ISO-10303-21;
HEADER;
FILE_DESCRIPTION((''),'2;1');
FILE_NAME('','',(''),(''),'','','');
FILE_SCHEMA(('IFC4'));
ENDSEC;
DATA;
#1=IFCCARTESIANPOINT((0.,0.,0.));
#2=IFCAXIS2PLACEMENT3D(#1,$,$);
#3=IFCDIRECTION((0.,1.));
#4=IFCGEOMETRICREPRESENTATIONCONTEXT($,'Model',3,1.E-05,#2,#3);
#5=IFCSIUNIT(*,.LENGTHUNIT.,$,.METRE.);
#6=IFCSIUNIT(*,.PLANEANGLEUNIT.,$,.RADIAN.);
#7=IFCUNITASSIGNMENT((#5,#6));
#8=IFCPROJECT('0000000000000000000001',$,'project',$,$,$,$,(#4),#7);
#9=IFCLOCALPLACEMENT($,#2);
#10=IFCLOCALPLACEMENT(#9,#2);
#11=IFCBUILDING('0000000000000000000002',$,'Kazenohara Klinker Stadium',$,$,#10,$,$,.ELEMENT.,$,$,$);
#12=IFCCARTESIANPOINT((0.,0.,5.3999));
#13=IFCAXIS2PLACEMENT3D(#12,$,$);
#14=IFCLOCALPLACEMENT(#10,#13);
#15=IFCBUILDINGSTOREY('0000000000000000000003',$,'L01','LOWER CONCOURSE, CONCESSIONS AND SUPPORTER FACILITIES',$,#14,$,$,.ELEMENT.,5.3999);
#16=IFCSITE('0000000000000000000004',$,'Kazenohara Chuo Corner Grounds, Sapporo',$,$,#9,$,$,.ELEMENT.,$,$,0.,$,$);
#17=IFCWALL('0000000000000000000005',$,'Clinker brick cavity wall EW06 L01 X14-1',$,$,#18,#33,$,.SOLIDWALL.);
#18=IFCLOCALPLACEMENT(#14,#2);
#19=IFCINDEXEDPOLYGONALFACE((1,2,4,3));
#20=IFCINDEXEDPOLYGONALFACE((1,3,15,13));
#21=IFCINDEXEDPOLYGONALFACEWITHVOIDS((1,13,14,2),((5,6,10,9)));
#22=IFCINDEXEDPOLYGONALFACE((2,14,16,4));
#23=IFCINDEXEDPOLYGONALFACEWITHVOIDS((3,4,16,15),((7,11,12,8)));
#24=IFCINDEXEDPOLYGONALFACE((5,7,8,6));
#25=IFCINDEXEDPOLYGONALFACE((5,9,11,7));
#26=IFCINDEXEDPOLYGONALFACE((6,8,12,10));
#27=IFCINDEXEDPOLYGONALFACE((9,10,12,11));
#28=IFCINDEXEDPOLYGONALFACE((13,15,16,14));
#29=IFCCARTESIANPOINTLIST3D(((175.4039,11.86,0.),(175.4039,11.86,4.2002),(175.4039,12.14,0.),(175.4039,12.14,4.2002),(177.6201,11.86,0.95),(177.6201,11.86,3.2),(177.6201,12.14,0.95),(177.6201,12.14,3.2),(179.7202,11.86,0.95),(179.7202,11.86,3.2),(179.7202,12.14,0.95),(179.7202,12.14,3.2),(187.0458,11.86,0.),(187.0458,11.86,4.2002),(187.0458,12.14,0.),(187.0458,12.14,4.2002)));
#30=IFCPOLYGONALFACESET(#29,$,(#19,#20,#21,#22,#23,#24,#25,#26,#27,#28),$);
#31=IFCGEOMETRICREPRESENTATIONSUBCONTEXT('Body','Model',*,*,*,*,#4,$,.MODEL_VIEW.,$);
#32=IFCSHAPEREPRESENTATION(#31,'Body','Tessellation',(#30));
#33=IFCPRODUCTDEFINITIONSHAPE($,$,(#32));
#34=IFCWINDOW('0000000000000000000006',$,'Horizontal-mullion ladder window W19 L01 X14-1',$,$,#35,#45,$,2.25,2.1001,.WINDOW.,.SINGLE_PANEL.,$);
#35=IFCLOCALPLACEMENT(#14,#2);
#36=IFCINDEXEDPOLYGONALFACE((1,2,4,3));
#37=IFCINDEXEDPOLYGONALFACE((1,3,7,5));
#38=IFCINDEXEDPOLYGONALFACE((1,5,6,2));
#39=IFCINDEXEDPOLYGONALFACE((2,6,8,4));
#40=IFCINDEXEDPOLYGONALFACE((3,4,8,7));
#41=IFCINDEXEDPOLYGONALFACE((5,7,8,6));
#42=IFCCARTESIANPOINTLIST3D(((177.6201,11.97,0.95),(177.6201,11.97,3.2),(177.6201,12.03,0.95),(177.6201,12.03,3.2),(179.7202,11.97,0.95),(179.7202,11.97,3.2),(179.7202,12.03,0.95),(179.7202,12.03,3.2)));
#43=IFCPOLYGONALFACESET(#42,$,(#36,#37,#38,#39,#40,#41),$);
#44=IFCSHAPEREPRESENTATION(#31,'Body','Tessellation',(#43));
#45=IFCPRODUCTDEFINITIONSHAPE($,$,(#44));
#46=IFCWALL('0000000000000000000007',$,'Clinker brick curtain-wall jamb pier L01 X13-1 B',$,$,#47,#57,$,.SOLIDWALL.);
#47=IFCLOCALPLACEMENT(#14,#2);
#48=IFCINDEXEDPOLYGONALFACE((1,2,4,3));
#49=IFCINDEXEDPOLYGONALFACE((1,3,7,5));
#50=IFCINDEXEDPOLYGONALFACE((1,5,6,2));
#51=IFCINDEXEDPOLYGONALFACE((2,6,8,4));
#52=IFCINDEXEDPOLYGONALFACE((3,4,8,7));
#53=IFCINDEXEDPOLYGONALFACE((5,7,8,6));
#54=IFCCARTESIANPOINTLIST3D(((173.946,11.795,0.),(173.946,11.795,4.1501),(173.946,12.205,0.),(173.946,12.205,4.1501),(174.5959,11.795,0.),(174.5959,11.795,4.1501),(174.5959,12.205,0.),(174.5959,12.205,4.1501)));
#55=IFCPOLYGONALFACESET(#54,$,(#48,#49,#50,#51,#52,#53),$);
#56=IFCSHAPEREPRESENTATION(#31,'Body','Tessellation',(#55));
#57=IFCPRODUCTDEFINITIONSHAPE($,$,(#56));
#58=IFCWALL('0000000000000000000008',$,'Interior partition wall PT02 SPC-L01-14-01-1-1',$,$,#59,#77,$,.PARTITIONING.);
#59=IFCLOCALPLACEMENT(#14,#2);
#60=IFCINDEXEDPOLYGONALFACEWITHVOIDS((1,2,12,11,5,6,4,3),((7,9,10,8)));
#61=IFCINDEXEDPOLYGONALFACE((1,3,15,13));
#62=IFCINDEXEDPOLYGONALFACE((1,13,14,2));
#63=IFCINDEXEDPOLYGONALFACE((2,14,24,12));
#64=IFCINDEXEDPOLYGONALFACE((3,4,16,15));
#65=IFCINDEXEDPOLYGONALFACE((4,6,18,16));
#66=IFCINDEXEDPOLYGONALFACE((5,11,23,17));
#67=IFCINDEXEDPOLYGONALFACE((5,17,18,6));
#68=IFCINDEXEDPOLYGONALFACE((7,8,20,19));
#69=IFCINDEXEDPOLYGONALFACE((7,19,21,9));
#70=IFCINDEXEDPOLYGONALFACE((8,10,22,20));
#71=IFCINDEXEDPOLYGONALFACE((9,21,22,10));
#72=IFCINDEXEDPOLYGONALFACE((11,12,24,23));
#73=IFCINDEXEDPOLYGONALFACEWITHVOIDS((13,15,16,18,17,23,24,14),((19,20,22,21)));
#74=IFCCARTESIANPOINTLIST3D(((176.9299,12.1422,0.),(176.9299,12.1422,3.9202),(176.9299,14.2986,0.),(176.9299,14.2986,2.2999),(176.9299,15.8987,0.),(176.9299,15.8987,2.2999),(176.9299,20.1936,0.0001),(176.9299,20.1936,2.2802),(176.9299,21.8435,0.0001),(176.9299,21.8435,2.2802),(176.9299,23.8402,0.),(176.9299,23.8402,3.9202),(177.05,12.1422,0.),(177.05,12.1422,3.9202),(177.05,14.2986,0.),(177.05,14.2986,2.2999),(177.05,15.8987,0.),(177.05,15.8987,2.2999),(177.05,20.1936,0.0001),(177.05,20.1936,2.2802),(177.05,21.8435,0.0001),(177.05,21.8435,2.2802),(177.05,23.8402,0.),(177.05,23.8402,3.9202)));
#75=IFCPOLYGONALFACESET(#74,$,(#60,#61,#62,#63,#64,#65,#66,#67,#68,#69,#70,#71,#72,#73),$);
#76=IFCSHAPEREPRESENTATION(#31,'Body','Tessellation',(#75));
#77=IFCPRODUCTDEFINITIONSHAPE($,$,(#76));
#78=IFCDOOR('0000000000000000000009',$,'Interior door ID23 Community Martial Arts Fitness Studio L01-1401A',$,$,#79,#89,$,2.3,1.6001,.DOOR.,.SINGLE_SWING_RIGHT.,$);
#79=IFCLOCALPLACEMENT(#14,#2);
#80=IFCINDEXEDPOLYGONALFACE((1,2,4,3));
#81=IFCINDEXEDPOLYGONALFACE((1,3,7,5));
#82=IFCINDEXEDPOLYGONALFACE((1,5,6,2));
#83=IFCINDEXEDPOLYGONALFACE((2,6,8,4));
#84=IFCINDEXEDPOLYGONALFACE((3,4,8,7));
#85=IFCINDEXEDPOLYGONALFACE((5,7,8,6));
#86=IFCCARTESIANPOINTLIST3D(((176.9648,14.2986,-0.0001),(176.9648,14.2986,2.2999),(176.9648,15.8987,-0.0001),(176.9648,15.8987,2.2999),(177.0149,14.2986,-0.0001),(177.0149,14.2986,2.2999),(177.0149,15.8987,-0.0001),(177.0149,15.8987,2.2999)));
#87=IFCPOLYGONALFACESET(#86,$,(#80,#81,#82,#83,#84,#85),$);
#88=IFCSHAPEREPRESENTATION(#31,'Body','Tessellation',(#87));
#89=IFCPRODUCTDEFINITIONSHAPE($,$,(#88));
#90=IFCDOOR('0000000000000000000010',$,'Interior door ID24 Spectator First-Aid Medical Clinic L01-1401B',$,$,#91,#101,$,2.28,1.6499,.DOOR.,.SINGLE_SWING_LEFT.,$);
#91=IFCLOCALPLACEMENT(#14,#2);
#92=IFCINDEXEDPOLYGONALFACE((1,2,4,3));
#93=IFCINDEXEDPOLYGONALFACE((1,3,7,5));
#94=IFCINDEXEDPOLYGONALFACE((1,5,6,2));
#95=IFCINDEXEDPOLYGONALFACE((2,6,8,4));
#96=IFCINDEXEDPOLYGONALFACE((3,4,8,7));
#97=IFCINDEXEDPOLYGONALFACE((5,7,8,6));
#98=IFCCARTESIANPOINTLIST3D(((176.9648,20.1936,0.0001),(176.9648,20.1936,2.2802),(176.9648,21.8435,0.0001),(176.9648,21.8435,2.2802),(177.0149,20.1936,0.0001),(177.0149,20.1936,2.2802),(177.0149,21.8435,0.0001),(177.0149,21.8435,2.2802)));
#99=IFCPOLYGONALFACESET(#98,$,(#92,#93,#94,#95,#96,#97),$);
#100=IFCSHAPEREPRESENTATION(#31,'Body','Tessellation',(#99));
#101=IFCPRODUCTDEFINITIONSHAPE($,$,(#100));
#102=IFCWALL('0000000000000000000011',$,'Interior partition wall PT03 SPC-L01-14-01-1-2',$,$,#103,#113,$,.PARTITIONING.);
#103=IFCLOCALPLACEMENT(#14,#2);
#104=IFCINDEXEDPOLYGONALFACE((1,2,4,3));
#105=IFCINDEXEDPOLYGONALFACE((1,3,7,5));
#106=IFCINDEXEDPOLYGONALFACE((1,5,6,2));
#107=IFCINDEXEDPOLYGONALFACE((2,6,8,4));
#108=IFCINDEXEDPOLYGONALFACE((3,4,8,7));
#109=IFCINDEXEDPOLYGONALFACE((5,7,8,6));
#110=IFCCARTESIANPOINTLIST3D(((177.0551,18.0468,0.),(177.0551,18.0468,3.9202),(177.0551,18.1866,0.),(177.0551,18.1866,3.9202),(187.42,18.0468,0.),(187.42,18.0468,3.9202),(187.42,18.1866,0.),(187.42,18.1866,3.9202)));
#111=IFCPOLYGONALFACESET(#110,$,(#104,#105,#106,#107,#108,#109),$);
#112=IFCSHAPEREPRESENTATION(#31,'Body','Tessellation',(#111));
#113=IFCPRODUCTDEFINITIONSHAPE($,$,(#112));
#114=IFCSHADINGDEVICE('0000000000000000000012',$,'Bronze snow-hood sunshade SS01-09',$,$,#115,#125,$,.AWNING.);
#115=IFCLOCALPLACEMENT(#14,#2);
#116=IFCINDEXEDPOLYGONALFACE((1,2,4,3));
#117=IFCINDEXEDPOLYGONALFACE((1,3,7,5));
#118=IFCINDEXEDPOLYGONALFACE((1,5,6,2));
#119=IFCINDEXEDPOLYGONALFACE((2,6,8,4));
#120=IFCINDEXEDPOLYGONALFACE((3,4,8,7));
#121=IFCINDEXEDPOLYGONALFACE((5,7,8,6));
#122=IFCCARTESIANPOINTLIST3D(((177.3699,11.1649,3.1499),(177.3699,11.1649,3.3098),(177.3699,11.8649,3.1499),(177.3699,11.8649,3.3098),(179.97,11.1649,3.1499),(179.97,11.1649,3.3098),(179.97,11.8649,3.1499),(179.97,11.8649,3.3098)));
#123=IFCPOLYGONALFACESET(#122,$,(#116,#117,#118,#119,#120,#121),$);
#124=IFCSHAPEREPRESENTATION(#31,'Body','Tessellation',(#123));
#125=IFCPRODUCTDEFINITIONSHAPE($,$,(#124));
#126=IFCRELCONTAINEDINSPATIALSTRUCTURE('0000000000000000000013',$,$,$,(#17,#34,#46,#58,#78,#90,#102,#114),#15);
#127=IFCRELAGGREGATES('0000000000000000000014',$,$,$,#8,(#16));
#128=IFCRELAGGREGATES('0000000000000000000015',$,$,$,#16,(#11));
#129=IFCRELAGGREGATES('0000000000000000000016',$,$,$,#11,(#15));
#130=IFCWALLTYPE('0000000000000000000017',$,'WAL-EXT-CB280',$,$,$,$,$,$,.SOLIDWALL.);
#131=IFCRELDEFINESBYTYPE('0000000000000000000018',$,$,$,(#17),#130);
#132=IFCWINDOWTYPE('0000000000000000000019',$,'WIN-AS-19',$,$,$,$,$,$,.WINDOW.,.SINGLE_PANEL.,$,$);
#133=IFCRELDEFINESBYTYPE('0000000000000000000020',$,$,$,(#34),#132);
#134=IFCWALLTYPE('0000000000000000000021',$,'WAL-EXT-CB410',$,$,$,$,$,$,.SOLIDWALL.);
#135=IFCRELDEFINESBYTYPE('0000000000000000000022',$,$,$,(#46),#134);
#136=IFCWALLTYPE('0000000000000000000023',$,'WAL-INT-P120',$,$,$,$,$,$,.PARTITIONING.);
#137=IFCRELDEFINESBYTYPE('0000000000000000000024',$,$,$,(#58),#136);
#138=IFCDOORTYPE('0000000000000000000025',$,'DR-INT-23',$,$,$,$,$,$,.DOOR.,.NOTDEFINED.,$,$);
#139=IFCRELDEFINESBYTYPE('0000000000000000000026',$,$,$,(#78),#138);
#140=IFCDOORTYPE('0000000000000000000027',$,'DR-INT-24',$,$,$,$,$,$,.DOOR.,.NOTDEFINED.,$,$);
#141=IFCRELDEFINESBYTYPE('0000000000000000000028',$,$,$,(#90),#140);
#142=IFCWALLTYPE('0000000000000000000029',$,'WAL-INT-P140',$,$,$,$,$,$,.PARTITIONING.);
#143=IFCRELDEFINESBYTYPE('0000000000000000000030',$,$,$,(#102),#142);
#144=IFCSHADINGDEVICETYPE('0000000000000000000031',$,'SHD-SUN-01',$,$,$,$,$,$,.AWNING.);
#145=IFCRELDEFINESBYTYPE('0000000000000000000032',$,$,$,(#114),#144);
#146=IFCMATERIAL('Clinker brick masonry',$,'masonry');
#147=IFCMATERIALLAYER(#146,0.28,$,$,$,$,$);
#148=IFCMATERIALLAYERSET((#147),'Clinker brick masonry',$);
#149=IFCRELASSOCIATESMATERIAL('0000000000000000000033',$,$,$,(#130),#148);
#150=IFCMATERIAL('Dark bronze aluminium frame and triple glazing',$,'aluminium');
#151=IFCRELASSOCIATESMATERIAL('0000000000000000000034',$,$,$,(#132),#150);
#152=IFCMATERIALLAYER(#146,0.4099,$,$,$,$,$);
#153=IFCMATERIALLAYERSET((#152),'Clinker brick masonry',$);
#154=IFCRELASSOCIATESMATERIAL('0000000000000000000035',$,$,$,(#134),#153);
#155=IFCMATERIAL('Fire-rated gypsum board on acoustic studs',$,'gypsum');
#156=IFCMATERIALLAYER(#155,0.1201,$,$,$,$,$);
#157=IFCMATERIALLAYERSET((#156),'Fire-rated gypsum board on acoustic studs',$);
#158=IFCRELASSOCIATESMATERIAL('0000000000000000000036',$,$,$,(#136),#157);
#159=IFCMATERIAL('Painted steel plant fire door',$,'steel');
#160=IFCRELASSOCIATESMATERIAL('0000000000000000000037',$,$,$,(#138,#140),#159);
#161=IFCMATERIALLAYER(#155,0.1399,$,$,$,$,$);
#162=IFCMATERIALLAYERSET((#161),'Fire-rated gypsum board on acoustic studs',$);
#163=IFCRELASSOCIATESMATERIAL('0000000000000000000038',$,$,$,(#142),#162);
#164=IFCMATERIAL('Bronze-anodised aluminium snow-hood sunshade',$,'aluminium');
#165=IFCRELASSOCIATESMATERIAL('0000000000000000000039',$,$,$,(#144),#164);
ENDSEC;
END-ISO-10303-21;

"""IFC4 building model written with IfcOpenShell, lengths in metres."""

from ifc_helpers import new_model, si_unit, direction, frame, frame_2d, origin, origin_2d, place, context, subcontext, project, spatial, rectangle, extrude, material, layer, layer_set, type_object, element, fill, save


model = new_model("IFC4")

# Units and contexts
model_context = context("Model", 3, precision=1e-05, world=origin(), true_north=direction((0.0, 1.0)))
body_context = subcontext(model_context, "Body", "Model", "MODEL_VIEW")
ifc_project = project(units=[si_unit("LENGTHUNIT", "METRE"), si_unit("PLANEANGLEUNIT", "RADIAN")], contexts=[model_context])

# Site, building, storey
site_placement = place(None, origin())
site = spatial("IfcSite", under=ifc_project, at=site_placement, Name="Kazenohara Chuo Corner Grounds, Sapporo", CompositionType="ELEMENT", RefElevation=0.0)
building_placement = place(site_placement, origin())
building = spatial("IfcBuilding", under=site, at=building_placement, Name="Kazenohara Klinker Stadium", CompositionType="ELEMENT")
storey_placement = place(building_placement, frame((0.0, 0.0, 5.3999)))
storey = spatial("IfcBuildingStorey", under=building, at=storey_placement, Name="L01", Description="LOWER CONCOURSE, CONCESSIONS AND SUPPORTER FACILITIES", CompositionType="ELEMENT", Elevation=5.3999)

# Wall, opening, window
ifc_material_1 = material(Name="Clinker brick masonry", Category="masonry")
ifc_layer_1 = layer(ifc_material_1, 0.28)
ifc_layer_set_1 = layer_set([ifc_layer_1], Name="Clinker brick masonry")
wall_type_1 = type_object("IfcWallType", Name="WAL-EXT-CB280", PredefinedType="SOLIDWALL", material=ifc_layer_set_1)
wall_1_placement = place(storey_placement, frame((175.4041, 12.0, 0.0), z_axis=(0.0, 0.0, 1.0), x_axis=(1.0, 0.0, 0.0)))
wall_1 = element("IfcWall", 1, at=wall_1_placement, inside=storey, type_object=wall_type_1, Name="Clinker brick cavity wall EW06 L01 X14-1", PredefinedType="SOLIDWALL", context=body_context, shape_type="SweptSolid", body=[
    extrude(rectangle(XDim=11.6418, YDim=0.28, at=frame_2d((5.8208, 0.0))), origin(), (0.0, 0.0, 1.0), 4.2002),
])
opening_1_placement = place(wall_1_placement, frame((2.2161, 0.0, 0.95)))
opening_1 = element("IfcOpeningElement", 2, at=opening_1_placement, cuts=wall_1, PredefinedType="OPENING", context=body_context, shape_type="SweptSolid", body=[
    extrude(rectangle(XDim=2.1001, YDim=2.25, at=frame_2d((1.05, 1.125))), frame((0.0, 0.1499, 0.0), z_axis=(0.0, -1.0, 0.0), x_axis=(1.0, 0.0, 0.0)), (0.0, 0.0, 1.0), 0.3),
])
ifc_material_2 = material(Name="Dark bronze aluminium frame and triple glazing", Category="aluminium")
window_type = type_object("IfcWindowType", Name="WIN-AS-19", PartitioningType="SINGLE_PANEL", PredefinedType="WINDOW", material=ifc_material_2)
window_placement = place(opening_1_placement, origin())
window = element("IfcWindow", 3, at=window_placement, inside=storey, type_object=window_type, Name="Horizontal-mullion ladder window W19 L01 X14-1", OverallHeight=2.25, OverallWidth=2.1001, PartitioningType="SINGLE_PANEL", PredefinedType="WINDOW", context=body_context, shape_type="SweptSolid", body=[
    extrude(rectangle(XDim=2.1001, YDim=2.25, at=frame_2d((1.05, 1.125))), frame((0.0, 0.03, 0.0), z_axis=(0.0, -1.0, 0.0), x_axis=(1.0, 0.0, 0.0)), (0.0, 0.0, 1.0), 0.0601),
])
fill(opening_1, window)

# Wall
ifc_layer_2 = layer(ifc_material_1, 0.4099)
ifc_layer_set_2 = layer_set([ifc_layer_2], Name="Clinker brick masonry")
wall_type_2 = type_object("IfcWallType", Name="WAL-EXT-CB410", PredefinedType="SOLIDWALL", material=ifc_layer_set_2)
wall_2_placement = place(storey_placement, frame((173.946, 12.0, 0.0), z_axis=(0.0, 0.0, 1.0), x_axis=(1.0, 0.0, 0.0)))
element("IfcWall", 4, at=wall_2_placement, inside=storey, type_object=wall_type_2, Name="Clinker brick curtain-wall jamb pier L01 X13-1 B", PredefinedType="SOLIDWALL", context=body_context, shape_type="SweptSolid", body=[
    extrude(rectangle(XDim=0.6499, YDim=0.4099, at=frame_2d((0.325, 0.0))), origin(), (0.0, 0.0, 1.0), 4.1501),
])

# Wall, openings, doors
ifc_material_3 = material(Name="Fire-rated gypsum board on acoustic studs", Category="gypsum")
ifc_layer_3 = layer(ifc_material_3, 0.1201)
ifc_layer_set_3 = layer_set([ifc_layer_3], Name="Fire-rated gypsum board on acoustic studs")
wall_type_3 = type_object("IfcWallType", Name="WAL-INT-P120", PredefinedType="PARTITIONING", material=ifc_layer_set_3)
wall_3_placement = place(storey_placement, frame((176.99, 12.1421, 0.0), z_axis=(0.0, 0.0, 1.0), x_axis=(0.0, 1.0, 0.0)))
wall_3 = element("IfcWall", 5, at=wall_3_placement, inside=storey, type_object=wall_type_3, Name="Interior partition wall PT02 SPC-L01-14-01-1-1", PredefinedType="PARTITIONING", context=body_context, shape_type="SweptSolid", body=[
    extrude(rectangle(XDim=11.698, YDim=0.1201, at=frame_2d((5.8491, 0.0))), origin(), (0.0, 0.0, 1.0), 3.9202),
])
opening_2_placement = place(wall_3_placement, frame((3.7566, 0.0, 0.0), z_axis=(0.0, 0.0, 1.0), x_axis=(-1.0, 0.0, 0.0)))
opening_2 = element("IfcOpeningElement", 6, at=opening_2_placement, cuts=wall_3, PredefinedType="OPENING", context=body_context, shape_type="SweptSolid", body=[
    extrude(rectangle(XDim=1.6001, YDim=2.3, at=frame_2d((0.8, 1.1499))), frame((0.0, 0.0701, 0.0), z_axis=(0.0, -1.0, 0.0), x_axis=(1.0, 0.0, 0.0)), (0.0, 0.0, 1.0), 0.1401),
])
opening_3_placement = place(wall_3_placement, frame((9.7014, 0.0, 0.0), z_axis=(0.0, 0.0, 1.0), x_axis=(-1.0, 0.0, 0.0)))
opening_3 = element("IfcOpeningElement", 7, at=opening_3_placement, cuts=wall_3, PredefinedType="OPENING", context=body_context, shape_type="SweptSolid", body=[
    extrude(rectangle(XDim=1.6499, YDim=2.28, at=frame_2d((0.825, 1.1401))), frame((0.0, 0.0701, 0.0), z_axis=(0.0, -1.0, 0.0), x_axis=(1.0, 0.0, 0.0)), (0.0, 0.0, 1.0), 0.1401),
])
ifc_material_4 = material(Name="Painted steel plant fire door", Category="steel")
door_type_1 = type_object("IfcDoorType", Name="DR-INT-23", OperationType="NOTDEFINED", PredefinedType="DOOR", material=ifc_material_4)
door_1_placement = place(opening_2_placement, origin())
door_1 = element("IfcDoor", 8, at=door_1_placement, inside=storey, type_object=door_type_1, Name="Interior door ID23 Community Martial Arts Fitness Studio L01-1401A", OperationType="SINGLE_SWING_RIGHT", OverallHeight=2.3, OverallWidth=1.6001, PredefinedType="DOOR", context=body_context, shape_type="SweptSolid", body=[
    extrude(rectangle(XDim=1.6001, YDim=2.3, at=frame_2d((0.8, 1.1499))), frame((0.0, 0.0249, 0.0), z_axis=(0.0, -1.0, 0.0), x_axis=(1.0, 0.0, 0.0)), (0.0, 0.0, 1.0), 0.05),
])
fill(opening_2, door_1)
door_type_2 = type_object("IfcDoorType", Name="DR-INT-24", OperationType="NOTDEFINED", PredefinedType="DOOR", material=ifc_material_4)
door_2_placement = place(opening_3_placement, origin())
door_2 = element("IfcDoor", 9, at=door_2_placement, inside=storey, type_object=door_type_2, Name="Interior door ID24 Spectator First-Aid Medical Clinic L01-1401B", OperationType="SINGLE_SWING_LEFT", OverallHeight=2.28, OverallWidth=1.6499, PredefinedType="DOOR", context=body_context, shape_type="SweptSolid", body=[
    extrude(rectangle(XDim=1.6499, YDim=2.28, at=frame_2d((0.825, 1.1401))), frame((0.0, 0.0249, 0.0), z_axis=(0.0, -1.0, 0.0), x_axis=(1.0, 0.0, 0.0)), (0.0, 0.0, 1.0), 0.05),
])
fill(opening_3, door_2)

# Wall
ifc_layer_4 = layer(ifc_material_3, 0.1399)
ifc_layer_set_4 = layer_set([ifc_layer_4], Name="Fire-rated gypsum board on acoustic studs")
wall_type_4 = type_object("IfcWallType", Name="WAL-INT-P140", PredefinedType="PARTITIONING", material=ifc_layer_set_4)
wall_4_placement = place(storey_placement, frame((177.0549, 18.1167, 0.0), z_axis=(0.0, 0.0, 1.0), x_axis=(1.0, 0.0, 0.0)))
element("IfcWall", 10, at=wall_4_placement, inside=storey, type_object=wall_type_4, Name="Interior partition wall PT03 SPC-L01-14-01-1-2", PredefinedType="PARTITIONING", context=body_context, shape_type="SweptSolid", body=[
    extrude(rectangle(XDim=10.365, YDim=0.1399, at=frame_2d((5.1826, 0.0))), origin(), (0.0, 0.0, 1.0), 3.9202),
])

# Shading device
ifc_material_5 = material(Name="Bronze-anodised aluminium snow-hood sunshade", Category="aluminium")
shading_device_type = type_object("IfcShadingDeviceType", Name="SHD-SUN-01", PredefinedType="AWNING", material=ifc_material_5)
shading_device_placement = place(storey_placement, frame((178.6699, 11.5149, 3.1499), z_axis=(0.0, 0.0, 1.0), x_axis=(1.0, 0.0, 0.0)))
element("IfcShadingDevice", 11, at=shading_device_placement, inside=storey, type_object=shading_device_type, Name="Bronze snow-hood sunshade SS01-09", PredefinedType="AWNING", context=body_context, shape_type="SweptSolid", body=[
    extrude(rectangle(XDim=2.6001, YDim=0.7, at=origin_2d()), origin(), (0.0, 0.0, 1.0), 0.1599),
])

save(model, "model.ifc")
